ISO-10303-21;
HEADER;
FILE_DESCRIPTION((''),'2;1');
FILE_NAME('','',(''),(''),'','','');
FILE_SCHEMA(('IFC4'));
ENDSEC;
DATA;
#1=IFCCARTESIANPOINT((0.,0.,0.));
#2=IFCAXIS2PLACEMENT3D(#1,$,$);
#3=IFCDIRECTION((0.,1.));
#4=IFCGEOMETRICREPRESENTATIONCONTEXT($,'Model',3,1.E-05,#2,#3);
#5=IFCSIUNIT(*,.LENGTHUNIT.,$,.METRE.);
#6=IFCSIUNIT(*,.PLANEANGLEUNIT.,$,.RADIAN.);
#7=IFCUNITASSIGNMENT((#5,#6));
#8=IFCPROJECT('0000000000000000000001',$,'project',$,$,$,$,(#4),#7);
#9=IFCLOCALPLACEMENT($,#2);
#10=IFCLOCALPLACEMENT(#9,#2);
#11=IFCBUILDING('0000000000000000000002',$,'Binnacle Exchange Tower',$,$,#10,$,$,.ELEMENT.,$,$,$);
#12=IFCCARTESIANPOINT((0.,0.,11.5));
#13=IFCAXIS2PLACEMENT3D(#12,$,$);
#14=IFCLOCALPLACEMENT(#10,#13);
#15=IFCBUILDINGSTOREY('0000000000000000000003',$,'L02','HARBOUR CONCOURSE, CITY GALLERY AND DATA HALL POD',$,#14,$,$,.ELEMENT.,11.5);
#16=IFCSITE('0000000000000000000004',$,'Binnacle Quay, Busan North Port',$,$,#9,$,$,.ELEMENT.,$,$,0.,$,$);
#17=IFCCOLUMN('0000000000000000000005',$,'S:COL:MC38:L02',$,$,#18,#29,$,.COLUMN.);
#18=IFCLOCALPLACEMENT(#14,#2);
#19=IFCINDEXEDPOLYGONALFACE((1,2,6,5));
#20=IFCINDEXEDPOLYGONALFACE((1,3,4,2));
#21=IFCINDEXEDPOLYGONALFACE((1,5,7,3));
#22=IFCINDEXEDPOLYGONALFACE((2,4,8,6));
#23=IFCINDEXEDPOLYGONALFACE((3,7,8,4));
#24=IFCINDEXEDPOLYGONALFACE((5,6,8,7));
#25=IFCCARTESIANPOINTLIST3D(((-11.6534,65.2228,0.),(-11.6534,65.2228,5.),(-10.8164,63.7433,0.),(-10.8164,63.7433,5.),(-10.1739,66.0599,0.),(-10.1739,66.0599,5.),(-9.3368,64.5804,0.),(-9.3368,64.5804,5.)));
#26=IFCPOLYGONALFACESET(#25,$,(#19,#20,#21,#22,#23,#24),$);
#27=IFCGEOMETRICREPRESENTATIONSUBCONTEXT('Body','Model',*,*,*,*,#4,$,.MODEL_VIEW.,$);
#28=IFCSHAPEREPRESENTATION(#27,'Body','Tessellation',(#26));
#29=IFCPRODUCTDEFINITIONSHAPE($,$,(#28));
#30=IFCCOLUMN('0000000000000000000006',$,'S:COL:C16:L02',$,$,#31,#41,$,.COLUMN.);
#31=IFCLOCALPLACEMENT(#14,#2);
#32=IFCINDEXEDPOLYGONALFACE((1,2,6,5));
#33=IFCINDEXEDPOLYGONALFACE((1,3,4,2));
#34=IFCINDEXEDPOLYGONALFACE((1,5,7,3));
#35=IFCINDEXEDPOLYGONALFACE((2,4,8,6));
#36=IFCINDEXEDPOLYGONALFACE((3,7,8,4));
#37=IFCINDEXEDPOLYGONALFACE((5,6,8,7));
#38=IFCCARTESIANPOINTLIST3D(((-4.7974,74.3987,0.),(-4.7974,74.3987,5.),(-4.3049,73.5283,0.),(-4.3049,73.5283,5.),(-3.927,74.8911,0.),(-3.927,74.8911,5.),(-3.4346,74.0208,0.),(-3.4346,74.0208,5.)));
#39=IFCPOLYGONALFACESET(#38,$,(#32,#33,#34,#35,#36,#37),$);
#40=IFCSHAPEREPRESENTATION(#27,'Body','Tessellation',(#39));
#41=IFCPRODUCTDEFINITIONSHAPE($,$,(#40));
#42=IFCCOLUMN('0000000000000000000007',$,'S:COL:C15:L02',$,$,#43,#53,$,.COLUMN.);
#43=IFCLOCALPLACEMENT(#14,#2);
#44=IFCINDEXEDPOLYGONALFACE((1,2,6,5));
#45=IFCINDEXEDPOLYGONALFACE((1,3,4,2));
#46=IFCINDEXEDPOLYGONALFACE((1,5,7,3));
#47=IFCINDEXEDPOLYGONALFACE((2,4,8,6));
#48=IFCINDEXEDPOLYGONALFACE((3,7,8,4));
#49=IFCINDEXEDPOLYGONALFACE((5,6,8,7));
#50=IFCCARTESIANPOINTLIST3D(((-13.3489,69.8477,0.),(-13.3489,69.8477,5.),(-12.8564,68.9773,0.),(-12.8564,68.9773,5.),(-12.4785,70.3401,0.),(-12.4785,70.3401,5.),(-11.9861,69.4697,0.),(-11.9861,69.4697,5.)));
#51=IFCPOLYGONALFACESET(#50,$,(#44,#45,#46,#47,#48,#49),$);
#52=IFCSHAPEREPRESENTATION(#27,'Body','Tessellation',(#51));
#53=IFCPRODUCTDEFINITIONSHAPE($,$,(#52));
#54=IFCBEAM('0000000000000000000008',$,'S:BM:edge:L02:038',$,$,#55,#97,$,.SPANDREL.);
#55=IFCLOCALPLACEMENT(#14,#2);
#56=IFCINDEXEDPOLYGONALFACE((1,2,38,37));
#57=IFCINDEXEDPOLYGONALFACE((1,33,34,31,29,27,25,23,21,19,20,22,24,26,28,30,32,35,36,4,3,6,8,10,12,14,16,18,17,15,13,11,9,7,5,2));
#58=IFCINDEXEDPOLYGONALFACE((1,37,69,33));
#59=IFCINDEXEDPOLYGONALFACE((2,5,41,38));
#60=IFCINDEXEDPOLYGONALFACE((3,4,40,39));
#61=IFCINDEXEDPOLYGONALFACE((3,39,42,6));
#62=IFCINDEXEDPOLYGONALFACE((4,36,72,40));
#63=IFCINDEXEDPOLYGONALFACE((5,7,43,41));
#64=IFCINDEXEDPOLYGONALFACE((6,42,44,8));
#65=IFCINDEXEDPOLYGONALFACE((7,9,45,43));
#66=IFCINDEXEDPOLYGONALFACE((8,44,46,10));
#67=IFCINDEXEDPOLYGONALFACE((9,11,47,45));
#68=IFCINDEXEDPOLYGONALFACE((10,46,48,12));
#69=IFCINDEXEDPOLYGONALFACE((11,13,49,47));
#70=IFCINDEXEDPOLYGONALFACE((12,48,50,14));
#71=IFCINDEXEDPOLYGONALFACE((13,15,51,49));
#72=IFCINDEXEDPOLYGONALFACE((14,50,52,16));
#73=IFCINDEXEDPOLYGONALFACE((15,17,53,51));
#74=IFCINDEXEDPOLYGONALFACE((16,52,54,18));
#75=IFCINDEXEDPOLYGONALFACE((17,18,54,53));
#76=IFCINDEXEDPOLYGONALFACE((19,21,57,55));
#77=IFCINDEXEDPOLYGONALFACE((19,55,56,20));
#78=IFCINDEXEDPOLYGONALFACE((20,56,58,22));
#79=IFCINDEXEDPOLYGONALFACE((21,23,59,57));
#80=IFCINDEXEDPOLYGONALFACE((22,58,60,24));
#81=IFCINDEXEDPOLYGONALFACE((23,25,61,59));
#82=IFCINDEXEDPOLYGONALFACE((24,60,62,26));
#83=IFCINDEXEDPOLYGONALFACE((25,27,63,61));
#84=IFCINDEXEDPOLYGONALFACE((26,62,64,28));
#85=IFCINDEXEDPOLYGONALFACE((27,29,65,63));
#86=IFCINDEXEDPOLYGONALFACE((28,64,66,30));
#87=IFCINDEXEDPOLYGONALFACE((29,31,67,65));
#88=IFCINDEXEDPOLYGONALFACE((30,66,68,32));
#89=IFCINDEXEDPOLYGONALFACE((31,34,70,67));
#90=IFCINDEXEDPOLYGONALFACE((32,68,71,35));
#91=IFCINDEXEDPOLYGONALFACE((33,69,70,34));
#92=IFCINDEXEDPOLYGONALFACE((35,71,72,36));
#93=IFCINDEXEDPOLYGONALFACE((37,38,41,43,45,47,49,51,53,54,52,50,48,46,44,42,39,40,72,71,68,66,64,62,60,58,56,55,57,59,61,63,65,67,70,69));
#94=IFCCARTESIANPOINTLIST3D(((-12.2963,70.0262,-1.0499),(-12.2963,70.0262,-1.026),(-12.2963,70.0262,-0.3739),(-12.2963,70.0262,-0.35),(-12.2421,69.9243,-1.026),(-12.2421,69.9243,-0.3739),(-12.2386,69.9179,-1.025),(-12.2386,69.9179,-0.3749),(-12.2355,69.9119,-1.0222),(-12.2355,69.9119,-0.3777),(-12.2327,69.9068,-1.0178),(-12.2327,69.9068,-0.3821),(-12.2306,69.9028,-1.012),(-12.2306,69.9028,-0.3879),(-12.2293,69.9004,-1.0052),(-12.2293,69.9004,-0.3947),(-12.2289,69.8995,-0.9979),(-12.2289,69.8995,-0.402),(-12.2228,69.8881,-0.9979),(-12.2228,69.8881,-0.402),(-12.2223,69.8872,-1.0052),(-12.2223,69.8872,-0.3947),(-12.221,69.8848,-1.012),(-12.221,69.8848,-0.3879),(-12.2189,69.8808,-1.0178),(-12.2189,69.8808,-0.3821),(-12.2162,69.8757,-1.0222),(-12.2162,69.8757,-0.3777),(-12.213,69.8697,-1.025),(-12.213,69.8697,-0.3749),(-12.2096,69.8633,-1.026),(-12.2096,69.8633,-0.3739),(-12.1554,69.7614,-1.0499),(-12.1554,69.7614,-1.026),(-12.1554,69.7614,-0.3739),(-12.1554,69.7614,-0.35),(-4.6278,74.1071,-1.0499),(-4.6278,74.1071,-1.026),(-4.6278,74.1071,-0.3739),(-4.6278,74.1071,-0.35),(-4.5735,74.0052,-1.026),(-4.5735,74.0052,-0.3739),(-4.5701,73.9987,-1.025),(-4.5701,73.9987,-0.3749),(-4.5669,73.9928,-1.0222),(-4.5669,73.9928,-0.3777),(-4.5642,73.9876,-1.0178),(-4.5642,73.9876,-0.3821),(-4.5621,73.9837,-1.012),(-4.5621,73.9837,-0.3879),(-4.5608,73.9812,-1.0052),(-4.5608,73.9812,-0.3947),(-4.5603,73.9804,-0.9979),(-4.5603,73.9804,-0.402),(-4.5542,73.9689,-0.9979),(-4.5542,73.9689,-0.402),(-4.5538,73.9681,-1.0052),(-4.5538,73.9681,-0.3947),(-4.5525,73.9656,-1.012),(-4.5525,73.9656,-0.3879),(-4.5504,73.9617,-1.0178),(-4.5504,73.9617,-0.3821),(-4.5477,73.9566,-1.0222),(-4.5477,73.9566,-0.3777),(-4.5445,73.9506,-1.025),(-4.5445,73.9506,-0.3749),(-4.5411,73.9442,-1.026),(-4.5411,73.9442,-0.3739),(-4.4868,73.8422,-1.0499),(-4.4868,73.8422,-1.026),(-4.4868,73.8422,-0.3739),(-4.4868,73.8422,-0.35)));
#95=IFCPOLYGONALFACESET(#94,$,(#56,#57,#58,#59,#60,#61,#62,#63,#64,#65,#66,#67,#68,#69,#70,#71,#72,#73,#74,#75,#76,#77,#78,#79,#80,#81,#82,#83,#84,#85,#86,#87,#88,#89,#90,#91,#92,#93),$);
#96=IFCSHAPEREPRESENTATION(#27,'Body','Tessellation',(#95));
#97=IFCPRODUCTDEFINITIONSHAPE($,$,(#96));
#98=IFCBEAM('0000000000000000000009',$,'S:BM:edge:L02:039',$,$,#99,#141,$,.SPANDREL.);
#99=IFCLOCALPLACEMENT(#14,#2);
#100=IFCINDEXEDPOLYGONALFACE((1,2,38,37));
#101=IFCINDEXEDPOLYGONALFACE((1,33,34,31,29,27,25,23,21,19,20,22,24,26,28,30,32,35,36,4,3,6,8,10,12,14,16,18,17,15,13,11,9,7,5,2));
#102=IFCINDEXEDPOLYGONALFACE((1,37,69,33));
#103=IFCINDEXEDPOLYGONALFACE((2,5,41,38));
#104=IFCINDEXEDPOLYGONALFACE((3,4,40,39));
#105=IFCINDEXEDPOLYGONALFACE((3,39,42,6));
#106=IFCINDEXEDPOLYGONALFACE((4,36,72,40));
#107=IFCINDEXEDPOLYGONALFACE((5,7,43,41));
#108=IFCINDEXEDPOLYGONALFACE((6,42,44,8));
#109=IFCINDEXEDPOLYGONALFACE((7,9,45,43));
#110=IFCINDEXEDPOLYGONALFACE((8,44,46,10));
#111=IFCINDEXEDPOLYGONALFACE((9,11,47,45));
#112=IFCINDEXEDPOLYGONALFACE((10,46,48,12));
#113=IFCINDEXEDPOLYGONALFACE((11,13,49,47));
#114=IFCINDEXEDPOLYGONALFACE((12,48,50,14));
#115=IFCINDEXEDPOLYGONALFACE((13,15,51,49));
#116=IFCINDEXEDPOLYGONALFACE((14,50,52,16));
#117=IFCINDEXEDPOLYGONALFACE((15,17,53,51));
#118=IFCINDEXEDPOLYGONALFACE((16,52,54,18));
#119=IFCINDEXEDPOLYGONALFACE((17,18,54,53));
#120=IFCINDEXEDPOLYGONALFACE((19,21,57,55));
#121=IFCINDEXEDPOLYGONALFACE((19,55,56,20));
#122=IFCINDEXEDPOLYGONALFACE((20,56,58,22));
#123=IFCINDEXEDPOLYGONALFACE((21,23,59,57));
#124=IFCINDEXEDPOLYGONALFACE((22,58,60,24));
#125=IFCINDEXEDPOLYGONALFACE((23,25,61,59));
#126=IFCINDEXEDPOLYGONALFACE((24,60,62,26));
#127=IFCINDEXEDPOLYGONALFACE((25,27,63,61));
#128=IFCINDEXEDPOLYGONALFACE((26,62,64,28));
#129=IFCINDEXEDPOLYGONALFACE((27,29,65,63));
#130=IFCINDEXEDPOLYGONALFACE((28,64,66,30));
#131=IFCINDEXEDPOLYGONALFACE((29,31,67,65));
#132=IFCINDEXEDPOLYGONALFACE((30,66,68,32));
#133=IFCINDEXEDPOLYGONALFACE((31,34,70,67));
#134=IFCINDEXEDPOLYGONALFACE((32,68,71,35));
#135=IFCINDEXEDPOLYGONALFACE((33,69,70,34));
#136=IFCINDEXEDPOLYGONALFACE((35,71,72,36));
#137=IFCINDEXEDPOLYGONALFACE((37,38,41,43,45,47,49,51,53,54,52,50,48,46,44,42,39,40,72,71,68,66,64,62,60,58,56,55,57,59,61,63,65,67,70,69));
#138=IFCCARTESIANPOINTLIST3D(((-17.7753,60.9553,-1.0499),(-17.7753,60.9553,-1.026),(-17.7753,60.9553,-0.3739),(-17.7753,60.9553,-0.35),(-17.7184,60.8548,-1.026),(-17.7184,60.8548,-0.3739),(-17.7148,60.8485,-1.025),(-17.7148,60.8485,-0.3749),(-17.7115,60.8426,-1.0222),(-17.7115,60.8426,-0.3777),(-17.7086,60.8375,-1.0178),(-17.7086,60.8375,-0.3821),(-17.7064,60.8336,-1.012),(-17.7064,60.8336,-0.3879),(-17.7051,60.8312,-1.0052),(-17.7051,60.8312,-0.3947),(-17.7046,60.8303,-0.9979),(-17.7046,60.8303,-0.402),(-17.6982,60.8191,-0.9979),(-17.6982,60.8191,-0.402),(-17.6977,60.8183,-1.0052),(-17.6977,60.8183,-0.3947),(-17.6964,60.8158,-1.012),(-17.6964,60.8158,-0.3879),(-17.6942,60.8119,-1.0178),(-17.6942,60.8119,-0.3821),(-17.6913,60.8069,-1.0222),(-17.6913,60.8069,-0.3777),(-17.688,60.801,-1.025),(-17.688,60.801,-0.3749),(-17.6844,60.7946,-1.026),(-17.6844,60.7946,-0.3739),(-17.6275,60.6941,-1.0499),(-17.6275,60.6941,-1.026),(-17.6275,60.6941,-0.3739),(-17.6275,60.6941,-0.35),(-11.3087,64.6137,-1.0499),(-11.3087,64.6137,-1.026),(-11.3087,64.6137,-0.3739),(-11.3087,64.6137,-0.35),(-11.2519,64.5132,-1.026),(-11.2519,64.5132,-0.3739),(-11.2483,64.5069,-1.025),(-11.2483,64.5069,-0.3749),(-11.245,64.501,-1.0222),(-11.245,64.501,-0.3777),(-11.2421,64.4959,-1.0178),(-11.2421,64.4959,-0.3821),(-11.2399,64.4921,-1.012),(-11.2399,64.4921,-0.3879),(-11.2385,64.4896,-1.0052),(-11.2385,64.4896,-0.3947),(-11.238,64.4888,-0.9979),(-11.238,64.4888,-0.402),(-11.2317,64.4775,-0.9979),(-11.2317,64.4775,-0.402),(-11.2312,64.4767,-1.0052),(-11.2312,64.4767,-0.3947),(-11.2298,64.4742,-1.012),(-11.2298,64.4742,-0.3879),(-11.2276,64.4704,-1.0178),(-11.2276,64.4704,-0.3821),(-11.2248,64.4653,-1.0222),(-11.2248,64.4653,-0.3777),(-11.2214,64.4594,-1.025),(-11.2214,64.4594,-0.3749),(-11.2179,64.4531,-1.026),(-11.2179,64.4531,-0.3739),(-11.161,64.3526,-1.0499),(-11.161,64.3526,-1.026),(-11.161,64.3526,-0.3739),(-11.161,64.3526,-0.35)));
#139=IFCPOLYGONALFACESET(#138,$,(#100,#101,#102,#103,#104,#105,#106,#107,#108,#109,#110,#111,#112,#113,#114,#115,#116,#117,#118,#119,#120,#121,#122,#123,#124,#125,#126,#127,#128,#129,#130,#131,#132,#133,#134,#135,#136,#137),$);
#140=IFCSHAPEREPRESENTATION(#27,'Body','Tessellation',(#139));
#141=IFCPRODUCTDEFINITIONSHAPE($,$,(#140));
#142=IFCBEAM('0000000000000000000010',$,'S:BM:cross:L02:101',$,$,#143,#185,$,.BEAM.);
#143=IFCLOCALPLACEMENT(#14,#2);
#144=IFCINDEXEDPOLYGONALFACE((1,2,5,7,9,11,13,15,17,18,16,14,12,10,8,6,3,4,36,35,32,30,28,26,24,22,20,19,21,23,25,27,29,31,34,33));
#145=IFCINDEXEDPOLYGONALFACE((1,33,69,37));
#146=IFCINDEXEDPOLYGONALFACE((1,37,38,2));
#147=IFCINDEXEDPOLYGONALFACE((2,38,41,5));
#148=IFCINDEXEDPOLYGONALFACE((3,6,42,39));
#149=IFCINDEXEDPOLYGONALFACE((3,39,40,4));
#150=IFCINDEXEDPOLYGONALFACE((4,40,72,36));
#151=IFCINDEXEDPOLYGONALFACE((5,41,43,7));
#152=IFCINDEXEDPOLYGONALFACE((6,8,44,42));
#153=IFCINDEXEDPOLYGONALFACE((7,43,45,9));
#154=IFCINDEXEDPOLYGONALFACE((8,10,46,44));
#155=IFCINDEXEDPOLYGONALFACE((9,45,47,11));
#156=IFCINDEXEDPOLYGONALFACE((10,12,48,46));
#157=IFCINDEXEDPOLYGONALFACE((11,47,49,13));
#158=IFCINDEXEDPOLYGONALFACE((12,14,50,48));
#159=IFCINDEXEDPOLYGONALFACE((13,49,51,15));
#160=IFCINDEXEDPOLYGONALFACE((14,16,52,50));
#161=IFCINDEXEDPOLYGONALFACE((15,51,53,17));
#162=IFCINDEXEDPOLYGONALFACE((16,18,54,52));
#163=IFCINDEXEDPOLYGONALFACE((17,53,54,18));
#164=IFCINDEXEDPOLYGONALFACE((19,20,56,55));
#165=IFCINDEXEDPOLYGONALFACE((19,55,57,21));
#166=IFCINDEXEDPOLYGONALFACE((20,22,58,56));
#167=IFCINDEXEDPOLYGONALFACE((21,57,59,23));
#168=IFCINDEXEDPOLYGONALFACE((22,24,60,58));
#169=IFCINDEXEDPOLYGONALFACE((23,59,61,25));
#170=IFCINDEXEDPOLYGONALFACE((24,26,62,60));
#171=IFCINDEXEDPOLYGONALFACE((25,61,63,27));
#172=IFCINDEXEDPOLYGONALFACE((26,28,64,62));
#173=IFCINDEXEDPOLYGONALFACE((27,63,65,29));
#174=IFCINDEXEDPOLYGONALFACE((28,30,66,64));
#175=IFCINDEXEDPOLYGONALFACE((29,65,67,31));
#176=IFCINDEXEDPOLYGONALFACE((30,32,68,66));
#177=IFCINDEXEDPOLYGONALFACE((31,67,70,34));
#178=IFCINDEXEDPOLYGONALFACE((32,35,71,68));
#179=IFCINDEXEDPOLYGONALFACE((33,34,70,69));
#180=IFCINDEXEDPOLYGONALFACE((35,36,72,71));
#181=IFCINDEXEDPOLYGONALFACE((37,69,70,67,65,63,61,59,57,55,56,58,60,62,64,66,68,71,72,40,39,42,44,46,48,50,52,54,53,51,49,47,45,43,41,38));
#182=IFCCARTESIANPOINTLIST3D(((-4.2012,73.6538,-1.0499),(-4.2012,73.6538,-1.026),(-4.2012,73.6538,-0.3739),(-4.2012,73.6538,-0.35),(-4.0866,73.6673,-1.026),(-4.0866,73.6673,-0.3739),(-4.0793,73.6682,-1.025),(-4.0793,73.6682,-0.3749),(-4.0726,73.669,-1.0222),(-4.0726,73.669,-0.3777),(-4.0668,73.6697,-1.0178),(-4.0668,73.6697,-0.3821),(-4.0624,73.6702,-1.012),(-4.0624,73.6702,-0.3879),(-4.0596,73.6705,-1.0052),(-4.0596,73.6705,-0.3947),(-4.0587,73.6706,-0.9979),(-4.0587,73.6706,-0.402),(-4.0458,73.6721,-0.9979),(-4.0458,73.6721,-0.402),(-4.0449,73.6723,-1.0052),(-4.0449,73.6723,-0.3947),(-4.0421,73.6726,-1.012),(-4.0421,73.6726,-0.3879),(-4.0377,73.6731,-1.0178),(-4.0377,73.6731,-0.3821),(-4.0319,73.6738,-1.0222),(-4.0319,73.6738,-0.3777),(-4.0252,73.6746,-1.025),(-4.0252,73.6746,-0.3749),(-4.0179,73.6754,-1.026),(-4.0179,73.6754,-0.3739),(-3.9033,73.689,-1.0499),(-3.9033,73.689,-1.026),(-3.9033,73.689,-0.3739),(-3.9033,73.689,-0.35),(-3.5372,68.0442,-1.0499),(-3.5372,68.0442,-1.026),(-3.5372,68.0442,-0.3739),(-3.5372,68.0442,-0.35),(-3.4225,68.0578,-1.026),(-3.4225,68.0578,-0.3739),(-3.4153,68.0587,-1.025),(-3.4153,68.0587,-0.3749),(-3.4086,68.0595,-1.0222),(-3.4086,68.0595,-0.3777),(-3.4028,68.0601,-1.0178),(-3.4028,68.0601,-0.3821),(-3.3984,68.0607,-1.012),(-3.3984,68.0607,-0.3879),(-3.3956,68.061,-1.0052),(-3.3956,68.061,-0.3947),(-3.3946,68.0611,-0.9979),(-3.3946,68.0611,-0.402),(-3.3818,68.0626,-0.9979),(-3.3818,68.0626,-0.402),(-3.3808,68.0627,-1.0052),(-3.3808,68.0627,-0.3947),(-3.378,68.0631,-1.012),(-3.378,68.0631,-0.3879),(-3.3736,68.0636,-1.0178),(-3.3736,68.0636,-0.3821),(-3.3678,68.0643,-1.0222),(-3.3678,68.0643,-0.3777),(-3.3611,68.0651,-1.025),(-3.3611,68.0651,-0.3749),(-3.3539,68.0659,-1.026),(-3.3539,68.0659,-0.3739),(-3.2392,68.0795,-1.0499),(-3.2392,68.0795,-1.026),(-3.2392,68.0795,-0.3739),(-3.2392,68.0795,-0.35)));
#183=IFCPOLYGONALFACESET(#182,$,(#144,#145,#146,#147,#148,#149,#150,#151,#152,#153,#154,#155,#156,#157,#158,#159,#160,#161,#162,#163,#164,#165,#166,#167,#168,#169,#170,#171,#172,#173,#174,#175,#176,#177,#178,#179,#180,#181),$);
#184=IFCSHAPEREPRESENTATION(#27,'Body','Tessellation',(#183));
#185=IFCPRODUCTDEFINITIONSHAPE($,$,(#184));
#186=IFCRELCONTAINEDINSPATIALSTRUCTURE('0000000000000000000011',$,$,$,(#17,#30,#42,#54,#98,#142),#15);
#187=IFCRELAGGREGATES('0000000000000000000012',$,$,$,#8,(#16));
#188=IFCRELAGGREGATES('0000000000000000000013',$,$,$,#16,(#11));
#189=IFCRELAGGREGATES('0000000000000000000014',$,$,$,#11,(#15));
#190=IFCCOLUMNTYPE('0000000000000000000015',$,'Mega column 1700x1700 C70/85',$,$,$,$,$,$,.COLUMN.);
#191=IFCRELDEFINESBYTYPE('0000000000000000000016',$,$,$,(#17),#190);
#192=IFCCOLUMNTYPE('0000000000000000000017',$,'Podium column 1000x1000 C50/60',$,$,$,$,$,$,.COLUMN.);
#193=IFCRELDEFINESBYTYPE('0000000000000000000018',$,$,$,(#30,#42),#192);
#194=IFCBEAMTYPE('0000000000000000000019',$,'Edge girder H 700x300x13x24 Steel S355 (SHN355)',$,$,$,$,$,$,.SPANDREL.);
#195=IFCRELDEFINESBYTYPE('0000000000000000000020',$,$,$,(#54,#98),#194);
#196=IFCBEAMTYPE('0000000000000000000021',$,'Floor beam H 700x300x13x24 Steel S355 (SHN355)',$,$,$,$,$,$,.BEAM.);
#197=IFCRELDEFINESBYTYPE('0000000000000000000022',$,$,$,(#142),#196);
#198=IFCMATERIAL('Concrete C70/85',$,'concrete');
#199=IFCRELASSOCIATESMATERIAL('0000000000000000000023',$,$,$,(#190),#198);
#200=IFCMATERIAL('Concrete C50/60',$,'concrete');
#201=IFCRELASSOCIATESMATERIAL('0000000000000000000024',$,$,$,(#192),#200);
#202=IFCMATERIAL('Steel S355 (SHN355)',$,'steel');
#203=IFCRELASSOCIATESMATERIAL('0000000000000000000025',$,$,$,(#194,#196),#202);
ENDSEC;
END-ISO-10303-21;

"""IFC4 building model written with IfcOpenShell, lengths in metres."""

from ifc_helpers import new_model, si_unit, direction, frame, origin, origin_2d, place, context, subcontext, project, spatial, rectangle, i_section, extrude, material, material_profile, profile_set, type_object, element, save


model = new_model("IFC4")

# Units and contexts
model_context = context("Model", 3, precision=1e-05, world=origin(), true_north=direction((0.0, 1.0)))
body_context = subcontext(model_context, "Body", "Model", "MODEL_VIEW")
ifc_project = project(units=[si_unit("LENGTHUNIT", "METRE"), si_unit("PLANEANGLEUNIT", "RADIAN")], contexts=[model_context])

# Site, building, storey
site_placement = place(None, origin())
site = spatial("IfcSite", under=ifc_project, at=site_placement, Name="Binnacle Quay, Busan North Port", CompositionType="ELEMENT", RefElevation=0.0)
building_placement = place(site_placement, origin())
building = spatial("IfcBuilding", under=site, at=building_placement, Name="Binnacle Exchange Tower", CompositionType="ELEMENT")
storey_placement = place(building_placement, frame((0.0, 0.0, 11.5)))
storey = spatial("IfcBuildingStorey", under=building, at=storey_placement, Name="L02", Description="HARBOUR CONCOURSE, CITY GALLERY AND DATA HALL POD", CompositionType="ELEMENT", Elevation=11.5)

# Columns
ifc_material_1 = material(Name="Concrete C70/85", Category="concrete")
ifc_material_profile_1 = material_profile(ifc_material_1, rectangle(XDim=1.7, YDim=1.7, at=origin_2d()), Name="Mega column 1700x1700 C70/85")
ifc_profile_set_1 = profile_set([ifc_material_profile_1], Name="Concrete C70/85")
column_type_1 = type_object("IfcColumnType", Name="Mega column 1700x1700 C70/85", PredefinedType="COLUMN", material=ifc_profile_set_1)
column_placement = place(storey_placement, frame((-10.4951, 64.9016, 0.0), z_axis=(0.0, 0.0, 1.0), x_axis=(-0.870356, -0.492424, 0.0)))
element("IfcColumn", 1, at=column_placement, inside=storey, type_object=column_type_1, Name="S:COL:MC38:L02", PredefinedType="COLUMN", context=body_context, shape_type="SweptSolid", body=[
    extrude(rectangle(XDim=1.7, YDim=1.7, at=origin_2d()), origin(), (0.0, 0.0, 1.0), 5.0),
])
ifc_material_2 = material(Name="Concrete C50/60", Category="concrete")
ifc_material_profile_2 = material_profile(ifc_material_2, rectangle(XDim=1.0, YDim=1.0, at=origin_2d()), Name="Podium column 1000x1000 C50/60")
ifc_profile_set_2 = profile_set([ifc_material_profile_2], Name="Concrete C50/60")
column_type_2 = type_object("IfcColumnType", Name="Podium column 1000x1000 C50/60", PredefinedType="COLUMN", material=ifc_profile_set_2)
for number, where, z_axis, x_axis, name in (
    (2, (-4.116, 74.2097, 0.0), (0.0, 0.0, 1.0), (-0.870356, -0.492424, 0.0), "S:COL:C16:L02"),
    (3, (-12.6675, 69.6587, 0.0), (0.0, 0.0, 1.0), (-0.870356, -0.492424, 0.0), "S:COL:C15:L02"),
):
    element("IfcColumn", number, at=place(storey_placement, frame(where, z_axis=z_axis, x_axis=x_axis)), inside=storey, type_object=column_type_2, Name=name, PredefinedType="COLUMN", context=body_context, shape_type="SweptSolid", body=[
        extrude(rectangle(XDim=1.0, YDim=1.0, at=origin_2d()), origin(), (0.0, 0.0, 1.0), 5.0),
    ])

# Beams
ifc_material_3 = material(Name="Steel S355 (SHN355)", Category="steel")
ifc_material_profile_3 = material_profile(ifc_material_3, i_section(OverallWidth=0.3, OverallDepth=0.7, WebThickness=0.0129, FlangeThickness=0.0239, FilletRadius=0.0281, at=origin_2d()), Name="H 700x300x13x24")
ifc_profile_set_3 = profile_set([ifc_material_profile_3], Name="Steel S355 (SHN355)")
beam_type_1 = type_object("IfcBeamType", Name="Edge girder H 700x300x13x24 Steel S355 (SHN355)", PredefinedType="SPANDREL", material=ifc_profile_set_3)
beam_1_placement = place(storey_placement, frame((-12.2258, 69.8938, -0.7), z_axis=(0.882784, 0.469778, 0.0), x_axis=(-0.469778, 0.882784, 0.0)))
element("IfcBeam", 4, at=beam_1_placement, inside=storey, type_object=beam_type_1, Name="S:BM:edge:L02:038", PredefinedType="SPANDREL", context=body_context, shape_type="SweptSolid", body=[
    extrude(i_section(OverallWidth=0.3, OverallDepth=0.7, WebThickness=0.0129, FlangeThickness=0.0239, FilletRadius=0.0281, at=origin_2d()), origin(), (0.0, 0.0, 1.0), 8.6868),
])
beam_2_placement = place(storey_placement, frame((-11.2349, 64.4832, -0.7), z_axis=(-0.870364, -0.492408, 0.0), x_axis=(0.492408, -0.870364, 0.0)))
element("IfcBeam", 5, at=beam_2_placement, inside=storey, type_object=beam_type_1, Name="S:BM:edge:L02:039", PredefinedType="SPANDREL", context=body_context, shape_type="SweptSolid", body=[
    extrude(i_section(OverallWidth=0.3, OverallDepth=0.7, WebThickness=0.0129, FlangeThickness=0.0239, FilletRadius=0.0281, at=origin_2d()), origin(), (0.0, 0.0, 1.0), 7.4297),
])
ifc_material_profile_4 = material_profile(ifc_material_3, i_section(OverallWidth=0.3, OverallDepth=0.7, WebThickness=0.0129, FlangeThickness=0.0239, FilletRadius=0.0281, at=origin_2d()), Name="H 700x300x13x24")
ifc_profile_set_4 = profile_set([ifc_material_profile_4], Name="Steel S355 (SHN355)")
beam_type_2 = type_object("IfcBeamType", Name="Floor beam H 700x300x13x24 Steel S355 (SHN355)", PredefinedType="BEAM", material=ifc_profile_set_4)
beam_3_placement = place(storey_placement, frame((-4.0522, 73.6714, -0.7), z_axis=(0.117558, -0.993066, 0.0), x_axis=(0.993066, 0.117558, 0.0)))
element("IfcBeam", 6, at=beam_3_placement, inside=storey, type_object=beam_type_2, Name="S:BM:cross:L02:101", PredefinedType="BEAM", context=body_context, shape_type="SweptSolid", body=[
    extrude(i_section(OverallWidth=0.3, OverallDepth=0.7, WebThickness=0.0129, FlangeThickness=0.0239, FilletRadius=0.0281, at=origin_2d()), origin(), (0.0, 0.0, 1.0), 5.6487),
])

save(model, "model.ifc")
